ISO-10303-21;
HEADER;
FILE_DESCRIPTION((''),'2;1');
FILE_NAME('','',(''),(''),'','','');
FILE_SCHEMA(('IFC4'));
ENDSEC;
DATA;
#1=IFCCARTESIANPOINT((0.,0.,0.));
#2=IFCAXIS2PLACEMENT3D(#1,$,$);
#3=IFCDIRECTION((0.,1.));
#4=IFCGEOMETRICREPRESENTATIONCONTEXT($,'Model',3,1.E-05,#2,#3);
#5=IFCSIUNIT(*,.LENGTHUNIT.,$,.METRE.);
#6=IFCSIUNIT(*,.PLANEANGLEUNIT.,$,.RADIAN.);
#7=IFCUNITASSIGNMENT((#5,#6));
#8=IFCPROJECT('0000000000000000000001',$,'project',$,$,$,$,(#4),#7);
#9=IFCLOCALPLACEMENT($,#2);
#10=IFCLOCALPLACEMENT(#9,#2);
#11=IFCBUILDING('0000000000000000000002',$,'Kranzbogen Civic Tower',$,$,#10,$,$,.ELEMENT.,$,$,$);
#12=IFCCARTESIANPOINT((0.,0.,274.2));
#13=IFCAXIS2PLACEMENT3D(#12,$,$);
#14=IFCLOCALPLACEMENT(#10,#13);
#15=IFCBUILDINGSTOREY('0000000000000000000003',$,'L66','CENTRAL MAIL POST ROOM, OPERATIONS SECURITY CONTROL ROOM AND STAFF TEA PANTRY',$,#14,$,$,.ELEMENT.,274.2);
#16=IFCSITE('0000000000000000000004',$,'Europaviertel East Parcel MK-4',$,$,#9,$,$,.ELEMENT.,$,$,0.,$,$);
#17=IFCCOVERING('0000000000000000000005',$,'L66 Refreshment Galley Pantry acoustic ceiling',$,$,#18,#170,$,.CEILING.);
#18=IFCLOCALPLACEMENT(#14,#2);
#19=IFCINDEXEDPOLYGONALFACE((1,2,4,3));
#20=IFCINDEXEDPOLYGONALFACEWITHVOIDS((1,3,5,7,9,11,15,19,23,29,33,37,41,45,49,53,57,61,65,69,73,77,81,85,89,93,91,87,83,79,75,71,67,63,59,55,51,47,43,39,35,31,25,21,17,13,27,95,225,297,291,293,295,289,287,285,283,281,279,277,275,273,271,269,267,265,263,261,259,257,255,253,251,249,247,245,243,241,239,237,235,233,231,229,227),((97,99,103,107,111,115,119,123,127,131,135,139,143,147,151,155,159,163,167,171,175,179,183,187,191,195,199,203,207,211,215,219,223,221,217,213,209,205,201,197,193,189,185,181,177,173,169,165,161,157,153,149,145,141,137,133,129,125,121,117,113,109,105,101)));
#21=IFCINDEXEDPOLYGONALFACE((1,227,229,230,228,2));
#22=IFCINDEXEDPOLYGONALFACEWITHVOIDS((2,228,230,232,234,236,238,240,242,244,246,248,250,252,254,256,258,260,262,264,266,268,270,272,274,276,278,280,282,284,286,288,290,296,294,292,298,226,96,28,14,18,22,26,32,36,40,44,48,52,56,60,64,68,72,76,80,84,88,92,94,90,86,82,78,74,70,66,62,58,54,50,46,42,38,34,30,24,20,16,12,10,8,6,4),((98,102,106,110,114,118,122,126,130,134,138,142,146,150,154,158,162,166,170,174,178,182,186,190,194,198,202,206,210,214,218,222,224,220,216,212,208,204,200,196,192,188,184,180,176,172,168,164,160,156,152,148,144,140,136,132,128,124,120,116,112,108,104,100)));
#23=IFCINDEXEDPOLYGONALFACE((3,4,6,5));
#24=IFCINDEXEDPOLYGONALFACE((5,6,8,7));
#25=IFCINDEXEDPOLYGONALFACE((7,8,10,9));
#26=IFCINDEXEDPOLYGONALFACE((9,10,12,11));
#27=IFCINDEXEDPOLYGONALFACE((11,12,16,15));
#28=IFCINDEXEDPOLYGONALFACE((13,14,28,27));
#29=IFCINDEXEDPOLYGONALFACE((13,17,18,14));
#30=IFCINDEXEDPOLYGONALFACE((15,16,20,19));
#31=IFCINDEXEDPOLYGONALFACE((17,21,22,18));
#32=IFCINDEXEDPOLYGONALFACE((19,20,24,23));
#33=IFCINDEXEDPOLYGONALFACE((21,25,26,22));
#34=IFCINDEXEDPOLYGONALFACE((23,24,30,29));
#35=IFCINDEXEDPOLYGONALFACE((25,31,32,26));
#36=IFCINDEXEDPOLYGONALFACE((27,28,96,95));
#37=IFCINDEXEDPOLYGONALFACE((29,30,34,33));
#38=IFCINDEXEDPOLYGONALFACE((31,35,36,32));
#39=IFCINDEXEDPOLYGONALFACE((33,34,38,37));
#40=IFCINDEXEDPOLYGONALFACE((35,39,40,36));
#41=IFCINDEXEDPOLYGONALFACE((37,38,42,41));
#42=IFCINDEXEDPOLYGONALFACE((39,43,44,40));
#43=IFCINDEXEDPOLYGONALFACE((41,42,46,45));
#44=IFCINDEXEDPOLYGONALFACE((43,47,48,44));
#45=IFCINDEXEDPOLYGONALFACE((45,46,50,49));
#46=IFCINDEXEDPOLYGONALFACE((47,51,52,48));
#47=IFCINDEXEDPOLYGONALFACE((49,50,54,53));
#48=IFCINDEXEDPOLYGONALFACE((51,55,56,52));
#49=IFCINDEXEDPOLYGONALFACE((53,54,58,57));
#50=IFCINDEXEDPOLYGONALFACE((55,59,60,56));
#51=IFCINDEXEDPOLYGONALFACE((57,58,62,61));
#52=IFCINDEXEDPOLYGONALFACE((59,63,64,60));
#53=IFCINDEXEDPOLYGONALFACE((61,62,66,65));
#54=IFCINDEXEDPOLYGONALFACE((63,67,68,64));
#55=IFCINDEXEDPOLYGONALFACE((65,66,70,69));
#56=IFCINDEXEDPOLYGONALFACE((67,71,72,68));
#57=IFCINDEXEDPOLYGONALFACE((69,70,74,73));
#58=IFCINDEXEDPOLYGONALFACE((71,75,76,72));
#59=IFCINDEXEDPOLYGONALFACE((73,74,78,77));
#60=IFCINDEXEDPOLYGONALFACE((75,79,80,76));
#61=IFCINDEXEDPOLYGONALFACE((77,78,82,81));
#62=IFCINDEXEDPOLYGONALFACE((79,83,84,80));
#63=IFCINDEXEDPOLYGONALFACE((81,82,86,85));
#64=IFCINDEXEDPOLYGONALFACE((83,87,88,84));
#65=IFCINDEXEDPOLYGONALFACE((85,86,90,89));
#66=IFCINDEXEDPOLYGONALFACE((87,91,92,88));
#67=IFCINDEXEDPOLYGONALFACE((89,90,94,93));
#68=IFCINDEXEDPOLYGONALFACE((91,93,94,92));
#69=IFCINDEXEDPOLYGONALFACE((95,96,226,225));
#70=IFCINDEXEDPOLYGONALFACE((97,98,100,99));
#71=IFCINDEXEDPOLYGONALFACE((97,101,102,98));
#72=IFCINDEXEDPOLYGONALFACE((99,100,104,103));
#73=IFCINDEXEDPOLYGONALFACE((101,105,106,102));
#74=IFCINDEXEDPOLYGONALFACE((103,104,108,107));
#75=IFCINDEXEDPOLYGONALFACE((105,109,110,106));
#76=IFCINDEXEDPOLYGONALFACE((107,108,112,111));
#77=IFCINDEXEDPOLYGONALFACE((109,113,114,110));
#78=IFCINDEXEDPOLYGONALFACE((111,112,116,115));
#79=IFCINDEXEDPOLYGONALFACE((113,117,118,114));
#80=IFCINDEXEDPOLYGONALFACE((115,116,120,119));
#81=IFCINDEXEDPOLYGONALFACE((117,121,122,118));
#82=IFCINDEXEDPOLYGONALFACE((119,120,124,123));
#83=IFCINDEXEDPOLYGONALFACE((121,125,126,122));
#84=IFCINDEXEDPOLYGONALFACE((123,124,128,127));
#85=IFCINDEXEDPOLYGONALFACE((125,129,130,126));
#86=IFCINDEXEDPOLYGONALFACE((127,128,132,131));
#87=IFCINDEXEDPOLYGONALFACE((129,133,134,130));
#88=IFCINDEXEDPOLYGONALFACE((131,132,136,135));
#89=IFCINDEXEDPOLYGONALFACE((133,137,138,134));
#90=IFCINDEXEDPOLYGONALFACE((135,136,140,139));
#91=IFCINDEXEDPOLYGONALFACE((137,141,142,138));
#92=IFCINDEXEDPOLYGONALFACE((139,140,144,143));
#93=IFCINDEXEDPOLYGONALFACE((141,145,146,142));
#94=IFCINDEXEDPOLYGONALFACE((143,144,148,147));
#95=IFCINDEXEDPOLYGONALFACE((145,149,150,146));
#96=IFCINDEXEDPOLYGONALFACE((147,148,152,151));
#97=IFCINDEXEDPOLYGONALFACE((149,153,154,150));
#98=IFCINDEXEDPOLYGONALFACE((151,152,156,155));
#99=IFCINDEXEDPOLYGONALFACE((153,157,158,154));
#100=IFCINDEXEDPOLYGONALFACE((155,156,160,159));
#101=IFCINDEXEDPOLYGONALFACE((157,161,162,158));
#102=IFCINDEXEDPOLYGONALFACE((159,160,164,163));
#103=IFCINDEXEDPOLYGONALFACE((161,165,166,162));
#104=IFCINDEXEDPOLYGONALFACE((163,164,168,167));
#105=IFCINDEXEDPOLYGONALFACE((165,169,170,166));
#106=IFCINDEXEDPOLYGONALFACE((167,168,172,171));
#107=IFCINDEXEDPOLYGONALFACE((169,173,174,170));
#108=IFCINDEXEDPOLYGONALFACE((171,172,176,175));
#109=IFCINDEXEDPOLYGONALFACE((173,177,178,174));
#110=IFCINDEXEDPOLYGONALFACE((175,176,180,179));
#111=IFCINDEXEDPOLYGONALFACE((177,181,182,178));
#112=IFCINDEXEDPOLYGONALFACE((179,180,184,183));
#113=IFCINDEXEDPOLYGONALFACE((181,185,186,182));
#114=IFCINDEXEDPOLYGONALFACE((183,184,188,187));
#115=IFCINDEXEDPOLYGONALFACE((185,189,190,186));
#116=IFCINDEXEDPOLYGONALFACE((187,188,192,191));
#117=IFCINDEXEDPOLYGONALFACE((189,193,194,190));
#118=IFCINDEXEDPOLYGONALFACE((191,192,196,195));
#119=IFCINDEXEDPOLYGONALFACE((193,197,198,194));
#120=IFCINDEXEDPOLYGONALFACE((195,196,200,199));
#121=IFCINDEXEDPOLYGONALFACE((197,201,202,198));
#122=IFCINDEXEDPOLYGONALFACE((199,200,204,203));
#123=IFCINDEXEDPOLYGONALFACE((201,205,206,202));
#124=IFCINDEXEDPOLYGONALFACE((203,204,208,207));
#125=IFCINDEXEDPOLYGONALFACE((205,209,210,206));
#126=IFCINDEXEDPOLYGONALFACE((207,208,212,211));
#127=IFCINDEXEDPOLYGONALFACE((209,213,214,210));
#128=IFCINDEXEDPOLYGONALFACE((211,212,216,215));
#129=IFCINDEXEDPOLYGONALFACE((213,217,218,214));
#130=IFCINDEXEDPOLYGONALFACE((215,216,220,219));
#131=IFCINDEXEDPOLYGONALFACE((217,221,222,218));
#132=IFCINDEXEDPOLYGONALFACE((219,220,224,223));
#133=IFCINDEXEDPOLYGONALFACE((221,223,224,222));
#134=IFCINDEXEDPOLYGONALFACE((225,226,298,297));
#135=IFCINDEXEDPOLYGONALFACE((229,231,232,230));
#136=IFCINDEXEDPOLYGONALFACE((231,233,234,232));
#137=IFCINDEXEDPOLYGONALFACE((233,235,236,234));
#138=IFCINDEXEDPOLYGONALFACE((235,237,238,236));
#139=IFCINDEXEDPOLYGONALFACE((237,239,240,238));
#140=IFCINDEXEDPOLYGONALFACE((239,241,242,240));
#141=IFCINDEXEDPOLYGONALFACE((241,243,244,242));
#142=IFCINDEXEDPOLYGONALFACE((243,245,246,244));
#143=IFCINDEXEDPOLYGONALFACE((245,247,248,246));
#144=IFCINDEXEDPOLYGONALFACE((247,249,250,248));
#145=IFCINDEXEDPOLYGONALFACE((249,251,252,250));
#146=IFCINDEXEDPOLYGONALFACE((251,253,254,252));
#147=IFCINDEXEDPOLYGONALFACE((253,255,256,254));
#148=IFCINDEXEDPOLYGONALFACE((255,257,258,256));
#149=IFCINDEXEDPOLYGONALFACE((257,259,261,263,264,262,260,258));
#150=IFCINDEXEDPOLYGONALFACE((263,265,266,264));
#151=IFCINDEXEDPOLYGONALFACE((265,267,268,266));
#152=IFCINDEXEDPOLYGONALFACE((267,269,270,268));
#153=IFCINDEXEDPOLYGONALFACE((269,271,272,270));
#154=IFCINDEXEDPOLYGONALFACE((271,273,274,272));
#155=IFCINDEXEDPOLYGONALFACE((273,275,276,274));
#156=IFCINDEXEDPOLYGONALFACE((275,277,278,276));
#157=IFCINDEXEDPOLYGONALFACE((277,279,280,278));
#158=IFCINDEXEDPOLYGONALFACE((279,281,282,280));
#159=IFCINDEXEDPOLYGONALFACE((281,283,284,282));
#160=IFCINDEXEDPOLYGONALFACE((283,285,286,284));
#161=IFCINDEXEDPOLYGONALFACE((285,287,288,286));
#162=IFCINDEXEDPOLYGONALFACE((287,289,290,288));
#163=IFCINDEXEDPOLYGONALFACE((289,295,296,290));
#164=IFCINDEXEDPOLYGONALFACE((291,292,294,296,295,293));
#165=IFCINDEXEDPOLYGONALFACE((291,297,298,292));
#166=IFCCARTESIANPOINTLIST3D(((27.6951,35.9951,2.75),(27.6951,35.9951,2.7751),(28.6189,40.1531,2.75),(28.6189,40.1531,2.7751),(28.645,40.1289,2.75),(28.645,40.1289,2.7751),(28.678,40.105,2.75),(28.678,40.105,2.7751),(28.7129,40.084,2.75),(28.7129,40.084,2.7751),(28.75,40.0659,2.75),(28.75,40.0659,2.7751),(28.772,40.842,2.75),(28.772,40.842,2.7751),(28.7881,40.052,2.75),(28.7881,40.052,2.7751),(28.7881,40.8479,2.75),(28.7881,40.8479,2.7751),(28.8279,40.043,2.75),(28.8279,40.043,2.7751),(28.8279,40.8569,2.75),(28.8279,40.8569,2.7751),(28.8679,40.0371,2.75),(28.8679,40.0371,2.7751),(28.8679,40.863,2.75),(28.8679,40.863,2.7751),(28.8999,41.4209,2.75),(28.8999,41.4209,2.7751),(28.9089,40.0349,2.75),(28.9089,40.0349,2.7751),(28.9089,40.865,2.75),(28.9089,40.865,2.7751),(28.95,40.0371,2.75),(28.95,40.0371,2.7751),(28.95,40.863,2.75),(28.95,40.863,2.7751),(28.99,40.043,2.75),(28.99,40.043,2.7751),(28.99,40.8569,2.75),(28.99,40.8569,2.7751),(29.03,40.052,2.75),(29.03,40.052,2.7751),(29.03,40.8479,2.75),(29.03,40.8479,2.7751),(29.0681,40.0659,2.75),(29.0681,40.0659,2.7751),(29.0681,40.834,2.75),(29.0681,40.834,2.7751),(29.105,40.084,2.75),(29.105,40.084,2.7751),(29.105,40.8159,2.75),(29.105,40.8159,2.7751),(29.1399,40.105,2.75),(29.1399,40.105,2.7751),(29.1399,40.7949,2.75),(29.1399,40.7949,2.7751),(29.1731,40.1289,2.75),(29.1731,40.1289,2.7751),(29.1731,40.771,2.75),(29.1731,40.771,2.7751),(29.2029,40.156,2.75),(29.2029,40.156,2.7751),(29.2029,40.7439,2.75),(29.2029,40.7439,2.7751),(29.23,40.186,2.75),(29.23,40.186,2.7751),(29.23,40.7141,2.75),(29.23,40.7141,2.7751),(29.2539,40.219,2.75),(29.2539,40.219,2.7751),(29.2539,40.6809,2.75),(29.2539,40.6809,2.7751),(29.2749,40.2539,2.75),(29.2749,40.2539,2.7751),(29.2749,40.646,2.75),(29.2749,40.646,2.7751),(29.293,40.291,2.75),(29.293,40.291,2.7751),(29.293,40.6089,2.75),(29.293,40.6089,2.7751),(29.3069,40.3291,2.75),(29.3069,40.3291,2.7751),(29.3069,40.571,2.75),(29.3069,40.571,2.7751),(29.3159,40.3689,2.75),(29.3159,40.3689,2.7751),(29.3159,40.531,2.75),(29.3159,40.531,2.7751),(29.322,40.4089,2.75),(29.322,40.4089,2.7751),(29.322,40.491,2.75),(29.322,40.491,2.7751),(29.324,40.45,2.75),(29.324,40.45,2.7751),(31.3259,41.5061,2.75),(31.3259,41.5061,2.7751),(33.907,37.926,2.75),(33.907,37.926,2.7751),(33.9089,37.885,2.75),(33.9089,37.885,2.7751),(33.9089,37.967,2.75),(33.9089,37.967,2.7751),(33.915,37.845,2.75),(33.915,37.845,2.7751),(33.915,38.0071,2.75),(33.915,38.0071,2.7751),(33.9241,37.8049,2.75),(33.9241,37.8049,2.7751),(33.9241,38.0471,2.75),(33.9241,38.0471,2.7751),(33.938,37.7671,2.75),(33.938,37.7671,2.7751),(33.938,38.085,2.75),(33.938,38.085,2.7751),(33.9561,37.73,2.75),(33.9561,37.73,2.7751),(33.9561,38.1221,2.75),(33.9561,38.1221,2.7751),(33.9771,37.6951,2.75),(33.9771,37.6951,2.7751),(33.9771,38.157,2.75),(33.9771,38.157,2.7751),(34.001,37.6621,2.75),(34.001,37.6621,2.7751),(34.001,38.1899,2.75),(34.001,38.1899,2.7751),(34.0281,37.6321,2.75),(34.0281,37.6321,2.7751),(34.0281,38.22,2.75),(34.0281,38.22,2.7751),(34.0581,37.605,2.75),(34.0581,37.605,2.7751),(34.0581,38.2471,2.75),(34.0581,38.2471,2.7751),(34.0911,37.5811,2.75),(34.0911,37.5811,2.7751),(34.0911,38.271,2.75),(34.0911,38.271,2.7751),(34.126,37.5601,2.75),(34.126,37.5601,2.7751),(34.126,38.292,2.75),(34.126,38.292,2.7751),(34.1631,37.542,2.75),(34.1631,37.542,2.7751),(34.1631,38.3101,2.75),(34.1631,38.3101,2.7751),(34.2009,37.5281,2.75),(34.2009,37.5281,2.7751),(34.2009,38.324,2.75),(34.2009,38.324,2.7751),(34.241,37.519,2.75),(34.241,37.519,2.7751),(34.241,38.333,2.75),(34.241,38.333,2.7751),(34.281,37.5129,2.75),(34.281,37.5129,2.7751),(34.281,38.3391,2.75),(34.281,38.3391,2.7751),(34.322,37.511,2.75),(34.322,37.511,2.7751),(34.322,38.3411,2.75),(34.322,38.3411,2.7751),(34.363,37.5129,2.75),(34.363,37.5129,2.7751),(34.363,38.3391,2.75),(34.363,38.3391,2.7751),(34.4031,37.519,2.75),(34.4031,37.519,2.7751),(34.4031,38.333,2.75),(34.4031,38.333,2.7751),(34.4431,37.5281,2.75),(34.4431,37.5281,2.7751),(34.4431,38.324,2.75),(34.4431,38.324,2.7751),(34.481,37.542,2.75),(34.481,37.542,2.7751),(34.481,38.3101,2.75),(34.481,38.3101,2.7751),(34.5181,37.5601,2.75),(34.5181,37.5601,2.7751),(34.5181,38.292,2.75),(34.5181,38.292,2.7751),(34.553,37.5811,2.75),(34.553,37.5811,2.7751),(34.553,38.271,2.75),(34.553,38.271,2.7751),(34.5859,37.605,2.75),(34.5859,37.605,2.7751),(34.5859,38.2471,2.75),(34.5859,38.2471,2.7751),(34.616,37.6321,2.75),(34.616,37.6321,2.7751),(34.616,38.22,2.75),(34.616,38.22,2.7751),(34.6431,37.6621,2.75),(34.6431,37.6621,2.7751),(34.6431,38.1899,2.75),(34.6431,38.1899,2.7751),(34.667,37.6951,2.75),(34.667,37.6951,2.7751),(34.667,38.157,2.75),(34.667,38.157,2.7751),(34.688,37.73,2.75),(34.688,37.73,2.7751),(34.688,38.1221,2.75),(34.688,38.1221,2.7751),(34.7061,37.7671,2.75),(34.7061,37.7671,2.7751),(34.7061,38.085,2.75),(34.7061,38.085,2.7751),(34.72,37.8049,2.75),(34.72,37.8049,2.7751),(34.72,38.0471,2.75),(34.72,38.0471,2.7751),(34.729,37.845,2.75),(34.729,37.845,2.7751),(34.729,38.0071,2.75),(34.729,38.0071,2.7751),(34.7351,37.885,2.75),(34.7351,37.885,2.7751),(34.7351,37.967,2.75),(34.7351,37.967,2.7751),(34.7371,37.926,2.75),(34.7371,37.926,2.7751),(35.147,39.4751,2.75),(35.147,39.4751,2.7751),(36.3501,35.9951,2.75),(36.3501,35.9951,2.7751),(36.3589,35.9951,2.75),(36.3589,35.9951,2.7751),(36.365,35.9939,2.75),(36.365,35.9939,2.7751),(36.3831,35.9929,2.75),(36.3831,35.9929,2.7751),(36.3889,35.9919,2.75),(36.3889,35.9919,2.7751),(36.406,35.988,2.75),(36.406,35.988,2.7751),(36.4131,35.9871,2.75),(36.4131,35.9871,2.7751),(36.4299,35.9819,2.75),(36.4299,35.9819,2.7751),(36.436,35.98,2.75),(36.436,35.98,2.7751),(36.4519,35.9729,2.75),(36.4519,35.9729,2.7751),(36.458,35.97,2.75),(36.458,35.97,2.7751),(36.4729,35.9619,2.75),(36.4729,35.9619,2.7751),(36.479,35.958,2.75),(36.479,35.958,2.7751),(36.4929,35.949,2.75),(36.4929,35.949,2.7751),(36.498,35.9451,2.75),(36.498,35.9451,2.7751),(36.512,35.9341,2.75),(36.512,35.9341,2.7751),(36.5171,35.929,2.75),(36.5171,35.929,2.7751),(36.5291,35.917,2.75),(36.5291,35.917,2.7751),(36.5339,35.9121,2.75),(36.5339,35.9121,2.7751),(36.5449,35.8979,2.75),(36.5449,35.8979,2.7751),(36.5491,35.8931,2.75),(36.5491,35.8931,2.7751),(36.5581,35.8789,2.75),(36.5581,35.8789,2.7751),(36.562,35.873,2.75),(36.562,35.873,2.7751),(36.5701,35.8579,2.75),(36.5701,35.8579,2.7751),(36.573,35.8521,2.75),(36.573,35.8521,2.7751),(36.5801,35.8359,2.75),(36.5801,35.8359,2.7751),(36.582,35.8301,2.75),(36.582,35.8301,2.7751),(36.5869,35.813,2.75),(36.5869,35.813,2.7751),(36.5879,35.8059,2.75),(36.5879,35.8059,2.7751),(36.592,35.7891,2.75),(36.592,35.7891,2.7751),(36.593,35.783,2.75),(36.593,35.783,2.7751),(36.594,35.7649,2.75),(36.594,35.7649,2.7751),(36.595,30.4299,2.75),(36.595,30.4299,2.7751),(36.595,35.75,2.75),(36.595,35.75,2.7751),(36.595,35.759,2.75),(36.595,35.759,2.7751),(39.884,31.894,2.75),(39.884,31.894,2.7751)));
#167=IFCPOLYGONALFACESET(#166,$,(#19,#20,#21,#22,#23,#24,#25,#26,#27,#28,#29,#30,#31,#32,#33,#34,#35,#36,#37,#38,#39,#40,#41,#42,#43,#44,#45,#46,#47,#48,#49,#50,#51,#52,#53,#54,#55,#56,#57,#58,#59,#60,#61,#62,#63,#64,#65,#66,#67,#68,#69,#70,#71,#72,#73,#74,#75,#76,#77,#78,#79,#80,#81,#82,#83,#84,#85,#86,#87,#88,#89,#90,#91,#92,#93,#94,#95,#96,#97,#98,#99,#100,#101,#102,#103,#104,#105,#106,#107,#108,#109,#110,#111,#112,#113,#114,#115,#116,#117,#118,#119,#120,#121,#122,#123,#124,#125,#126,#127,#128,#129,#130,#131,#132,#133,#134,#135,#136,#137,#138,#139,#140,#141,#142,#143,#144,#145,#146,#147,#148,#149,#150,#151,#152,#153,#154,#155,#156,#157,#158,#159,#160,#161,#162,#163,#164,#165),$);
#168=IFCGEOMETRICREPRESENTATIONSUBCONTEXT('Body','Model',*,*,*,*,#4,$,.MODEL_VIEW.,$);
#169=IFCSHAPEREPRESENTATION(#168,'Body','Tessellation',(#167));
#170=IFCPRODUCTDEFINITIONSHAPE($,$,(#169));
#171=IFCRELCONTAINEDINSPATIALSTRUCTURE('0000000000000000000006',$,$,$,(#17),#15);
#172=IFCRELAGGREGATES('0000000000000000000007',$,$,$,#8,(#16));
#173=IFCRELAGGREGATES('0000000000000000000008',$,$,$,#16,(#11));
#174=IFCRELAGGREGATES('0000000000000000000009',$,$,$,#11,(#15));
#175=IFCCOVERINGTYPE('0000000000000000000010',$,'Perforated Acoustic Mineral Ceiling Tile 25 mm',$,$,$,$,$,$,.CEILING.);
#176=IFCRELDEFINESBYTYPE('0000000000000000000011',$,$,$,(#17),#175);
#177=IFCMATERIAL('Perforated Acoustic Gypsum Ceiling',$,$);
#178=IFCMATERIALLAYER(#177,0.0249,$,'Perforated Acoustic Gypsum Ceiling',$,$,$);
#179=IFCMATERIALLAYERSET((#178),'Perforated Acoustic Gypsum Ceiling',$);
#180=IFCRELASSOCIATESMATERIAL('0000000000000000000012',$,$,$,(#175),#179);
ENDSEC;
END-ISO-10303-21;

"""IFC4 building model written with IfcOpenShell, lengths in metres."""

from ifc_helpers import new_model, si_unit, direction, frame, origin, place, context, subcontext, project, spatial, polyline, outline, extrude, material, layer, layer_set, type_object, element, save


model = new_model("IFC4")

# Units and contexts
model_context = context("Model", 3, precision=1e-05, world=origin(), true_north=direction((0.0, 1.0)))
body_context = subcontext(model_context, "Body", "Model", "MODEL_VIEW")
ifc_project = project(units=[si_unit("LENGTHUNIT", "METRE"), si_unit("PLANEANGLEUNIT", "RADIAN")], contexts=[model_context])

# Site, building, storey
site_placement = place(None, origin())
site = spatial("IfcSite", under=ifc_project, at=site_placement, Name="Europaviertel East Parcel MK-4", CompositionType="ELEMENT", RefElevation=0.0)
building_placement = place(site_placement, origin())
building = spatial("IfcBuilding", under=site, at=building_placement, Name="Kranzbogen Civic Tower", CompositionType="ELEMENT")
storey_placement = place(building_placement, frame((0.0, 0.0, 274.2)))
storey = spatial("IfcBuildingStorey", under=building, at=storey_placement, Name="L66", Description="CENTRAL MAIL POST ROOM, OPERATIONS SECURITY CONTROL ROOM AND STAFF TEA PANTRY", CompositionType="ELEMENT", Elevation=274.2)

# Covering
ifc_material_1 = material(Name="Perforated Acoustic Gypsum Ceiling")
ifc_layer_1 = layer(ifc_material_1, 0.0249, Name="Perforated Acoustic Gypsum Ceiling")
ifc_layer_set_1 = layer_set([ifc_layer_1], Name="Perforated Acoustic Gypsum Ceiling")
covering_type_1 = type_object("IfcCoveringType", Name="Perforated Acoustic Mineral Ceiling Tile 25 mm", PredefinedType="CEILING", material=ifc_layer_set_1)
covering_1_placement = place(storey_placement, frame((0.0, 0.0, 2.75)))
element("IfcCovering", 1, at=covering_1_placement, inside=storey, type_object=covering_type_1, Name="L66 Refreshment Galley Pantry acoustic ceiling", PredefinedType="CEILING", context=body_context, shape_type="SweptSolid", body=[
    extrude(outline(polyline([(36.595, 35.75), (36.595, 35.759), (36.594, 35.7649), (36.593, 35.783), (36.592, 35.7891), (36.5879, 35.8059), (36.5869, 35.813), (36.582, 35.8301), (36.5801, 35.8359), (36.573, 35.8521), (36.5701, 35.8579), (36.562, 35.873), (36.5581, 35.8789), (36.5491, 35.8931), (36.5449, 35.8979), (36.5339, 35.9121), (36.5291, 35.917), (36.5171, 35.929), (36.512, 35.9341), (36.498, 35.9451), (36.4929, 35.949), (36.479, 35.958), (36.4729, 35.9619), (36.458, 35.97), (36.4519, 35.9729), (36.436, 35.98), (36.4299, 35.9819), (36.4131, 35.9871), (36.406, 35.988), (36.3889, 35.9919), (36.3831, 35.9929), (36.365, 35.9939), (36.3589, 35.9951), (36.3501, 35.9951), (27.6951, 35.9951), (28.6189, 40.1531), (28.645, 40.1289), (28.678, 40.105), (28.7129, 40.084), (28.75, 40.0659), (28.7881, 40.052), (28.8279, 40.043), (28.8679, 40.0371), (28.9089, 40.0349), (28.95, 40.0371), (28.99, 40.043), (29.03, 40.052), (29.0681, 40.0659), (29.105, 40.084), (29.1399, 40.105), (29.1731, 40.1289), (29.2029, 40.156), (29.23, 40.186), (29.2539, 40.219), (29.2749, 40.2539), (29.293, 40.291), (29.3069, 40.3291), (29.3159, 40.3689), (29.322, 40.4089), (29.324, 40.45), (29.322, 40.491), (29.3159, 40.531), (29.3069, 40.571), (29.293, 40.6089), (29.2749, 40.646), (29.2539, 40.6809), (29.23, 40.7141), (29.2029, 40.7439), (29.1731, 40.771), (29.1399, 40.7949), (29.105, 40.8159), (29.0681, 40.834), (29.03, 40.8479), (28.99, 40.8569), (28.95, 40.863), (28.9089, 40.865), (28.8679, 40.863), (28.8279, 40.8569), (28.7881, 40.8479), (28.772, 40.842), (28.8999, 41.4209), (31.3259, 41.5061), (35.147, 39.4751), (39.884, 31.894), (36.595, 30.4299), (36.595, 35.75)]), holes=[polyline([(34.7061, 37.7671), (34.688, 37.73), (34.667, 37.6951), (34.6431, 37.6621), (34.616, 37.6321), (34.5859, 37.605), (34.553, 37.5811), (34.5181, 37.5601), (34.481, 37.542), (34.4431, 37.5281), (34.4031, 37.519), (34.363, 37.5129), (34.322, 37.511), (34.281, 37.5129), (34.241, 37.519), (34.2009, 37.5281), (34.1631, 37.542), (34.126, 37.5601), (34.0911, 37.5811), (34.0581, 37.605), (34.0281, 37.6321), (34.001, 37.6621), (33.9771, 37.6951), (33.9561, 37.73), (33.938, 37.7671), (33.9241, 37.8049), (33.915, 37.845), (33.9089, 37.885), (33.907, 37.926), (33.9089, 37.967), (33.915, 38.0071), (33.9241, 38.0471), (33.938, 38.085), (33.9561, 38.1221), (33.9771, 38.157), (34.001, 38.1899), (34.0281, 38.22), (34.0581, 38.2471), (34.0911, 38.271), (34.126, 38.292), (34.1631, 38.3101), (34.2009, 38.324), (34.241, 38.333), (34.281, 38.3391), (34.322, 38.3411), (34.363, 38.3391), (34.4031, 38.333), (34.4431, 38.324), (34.481, 38.3101), (34.5181, 38.292), (34.553, 38.271), (34.5859, 38.2471), (34.616, 38.22), (34.6431, 38.1899), (34.667, 38.157), (34.688, 38.1221), (34.7061, 38.085), (34.72, 38.0471), (34.729, 38.0071), (34.7351, 37.967), (34.7371, 37.926), (34.7351, 37.885), (34.729, 37.845), (34.72, 37.8049), (34.7061, 37.7671)])]), origin(), (0.0, 0.0, 1.0), 0.0251),
])

save(model, "model.ifc")
